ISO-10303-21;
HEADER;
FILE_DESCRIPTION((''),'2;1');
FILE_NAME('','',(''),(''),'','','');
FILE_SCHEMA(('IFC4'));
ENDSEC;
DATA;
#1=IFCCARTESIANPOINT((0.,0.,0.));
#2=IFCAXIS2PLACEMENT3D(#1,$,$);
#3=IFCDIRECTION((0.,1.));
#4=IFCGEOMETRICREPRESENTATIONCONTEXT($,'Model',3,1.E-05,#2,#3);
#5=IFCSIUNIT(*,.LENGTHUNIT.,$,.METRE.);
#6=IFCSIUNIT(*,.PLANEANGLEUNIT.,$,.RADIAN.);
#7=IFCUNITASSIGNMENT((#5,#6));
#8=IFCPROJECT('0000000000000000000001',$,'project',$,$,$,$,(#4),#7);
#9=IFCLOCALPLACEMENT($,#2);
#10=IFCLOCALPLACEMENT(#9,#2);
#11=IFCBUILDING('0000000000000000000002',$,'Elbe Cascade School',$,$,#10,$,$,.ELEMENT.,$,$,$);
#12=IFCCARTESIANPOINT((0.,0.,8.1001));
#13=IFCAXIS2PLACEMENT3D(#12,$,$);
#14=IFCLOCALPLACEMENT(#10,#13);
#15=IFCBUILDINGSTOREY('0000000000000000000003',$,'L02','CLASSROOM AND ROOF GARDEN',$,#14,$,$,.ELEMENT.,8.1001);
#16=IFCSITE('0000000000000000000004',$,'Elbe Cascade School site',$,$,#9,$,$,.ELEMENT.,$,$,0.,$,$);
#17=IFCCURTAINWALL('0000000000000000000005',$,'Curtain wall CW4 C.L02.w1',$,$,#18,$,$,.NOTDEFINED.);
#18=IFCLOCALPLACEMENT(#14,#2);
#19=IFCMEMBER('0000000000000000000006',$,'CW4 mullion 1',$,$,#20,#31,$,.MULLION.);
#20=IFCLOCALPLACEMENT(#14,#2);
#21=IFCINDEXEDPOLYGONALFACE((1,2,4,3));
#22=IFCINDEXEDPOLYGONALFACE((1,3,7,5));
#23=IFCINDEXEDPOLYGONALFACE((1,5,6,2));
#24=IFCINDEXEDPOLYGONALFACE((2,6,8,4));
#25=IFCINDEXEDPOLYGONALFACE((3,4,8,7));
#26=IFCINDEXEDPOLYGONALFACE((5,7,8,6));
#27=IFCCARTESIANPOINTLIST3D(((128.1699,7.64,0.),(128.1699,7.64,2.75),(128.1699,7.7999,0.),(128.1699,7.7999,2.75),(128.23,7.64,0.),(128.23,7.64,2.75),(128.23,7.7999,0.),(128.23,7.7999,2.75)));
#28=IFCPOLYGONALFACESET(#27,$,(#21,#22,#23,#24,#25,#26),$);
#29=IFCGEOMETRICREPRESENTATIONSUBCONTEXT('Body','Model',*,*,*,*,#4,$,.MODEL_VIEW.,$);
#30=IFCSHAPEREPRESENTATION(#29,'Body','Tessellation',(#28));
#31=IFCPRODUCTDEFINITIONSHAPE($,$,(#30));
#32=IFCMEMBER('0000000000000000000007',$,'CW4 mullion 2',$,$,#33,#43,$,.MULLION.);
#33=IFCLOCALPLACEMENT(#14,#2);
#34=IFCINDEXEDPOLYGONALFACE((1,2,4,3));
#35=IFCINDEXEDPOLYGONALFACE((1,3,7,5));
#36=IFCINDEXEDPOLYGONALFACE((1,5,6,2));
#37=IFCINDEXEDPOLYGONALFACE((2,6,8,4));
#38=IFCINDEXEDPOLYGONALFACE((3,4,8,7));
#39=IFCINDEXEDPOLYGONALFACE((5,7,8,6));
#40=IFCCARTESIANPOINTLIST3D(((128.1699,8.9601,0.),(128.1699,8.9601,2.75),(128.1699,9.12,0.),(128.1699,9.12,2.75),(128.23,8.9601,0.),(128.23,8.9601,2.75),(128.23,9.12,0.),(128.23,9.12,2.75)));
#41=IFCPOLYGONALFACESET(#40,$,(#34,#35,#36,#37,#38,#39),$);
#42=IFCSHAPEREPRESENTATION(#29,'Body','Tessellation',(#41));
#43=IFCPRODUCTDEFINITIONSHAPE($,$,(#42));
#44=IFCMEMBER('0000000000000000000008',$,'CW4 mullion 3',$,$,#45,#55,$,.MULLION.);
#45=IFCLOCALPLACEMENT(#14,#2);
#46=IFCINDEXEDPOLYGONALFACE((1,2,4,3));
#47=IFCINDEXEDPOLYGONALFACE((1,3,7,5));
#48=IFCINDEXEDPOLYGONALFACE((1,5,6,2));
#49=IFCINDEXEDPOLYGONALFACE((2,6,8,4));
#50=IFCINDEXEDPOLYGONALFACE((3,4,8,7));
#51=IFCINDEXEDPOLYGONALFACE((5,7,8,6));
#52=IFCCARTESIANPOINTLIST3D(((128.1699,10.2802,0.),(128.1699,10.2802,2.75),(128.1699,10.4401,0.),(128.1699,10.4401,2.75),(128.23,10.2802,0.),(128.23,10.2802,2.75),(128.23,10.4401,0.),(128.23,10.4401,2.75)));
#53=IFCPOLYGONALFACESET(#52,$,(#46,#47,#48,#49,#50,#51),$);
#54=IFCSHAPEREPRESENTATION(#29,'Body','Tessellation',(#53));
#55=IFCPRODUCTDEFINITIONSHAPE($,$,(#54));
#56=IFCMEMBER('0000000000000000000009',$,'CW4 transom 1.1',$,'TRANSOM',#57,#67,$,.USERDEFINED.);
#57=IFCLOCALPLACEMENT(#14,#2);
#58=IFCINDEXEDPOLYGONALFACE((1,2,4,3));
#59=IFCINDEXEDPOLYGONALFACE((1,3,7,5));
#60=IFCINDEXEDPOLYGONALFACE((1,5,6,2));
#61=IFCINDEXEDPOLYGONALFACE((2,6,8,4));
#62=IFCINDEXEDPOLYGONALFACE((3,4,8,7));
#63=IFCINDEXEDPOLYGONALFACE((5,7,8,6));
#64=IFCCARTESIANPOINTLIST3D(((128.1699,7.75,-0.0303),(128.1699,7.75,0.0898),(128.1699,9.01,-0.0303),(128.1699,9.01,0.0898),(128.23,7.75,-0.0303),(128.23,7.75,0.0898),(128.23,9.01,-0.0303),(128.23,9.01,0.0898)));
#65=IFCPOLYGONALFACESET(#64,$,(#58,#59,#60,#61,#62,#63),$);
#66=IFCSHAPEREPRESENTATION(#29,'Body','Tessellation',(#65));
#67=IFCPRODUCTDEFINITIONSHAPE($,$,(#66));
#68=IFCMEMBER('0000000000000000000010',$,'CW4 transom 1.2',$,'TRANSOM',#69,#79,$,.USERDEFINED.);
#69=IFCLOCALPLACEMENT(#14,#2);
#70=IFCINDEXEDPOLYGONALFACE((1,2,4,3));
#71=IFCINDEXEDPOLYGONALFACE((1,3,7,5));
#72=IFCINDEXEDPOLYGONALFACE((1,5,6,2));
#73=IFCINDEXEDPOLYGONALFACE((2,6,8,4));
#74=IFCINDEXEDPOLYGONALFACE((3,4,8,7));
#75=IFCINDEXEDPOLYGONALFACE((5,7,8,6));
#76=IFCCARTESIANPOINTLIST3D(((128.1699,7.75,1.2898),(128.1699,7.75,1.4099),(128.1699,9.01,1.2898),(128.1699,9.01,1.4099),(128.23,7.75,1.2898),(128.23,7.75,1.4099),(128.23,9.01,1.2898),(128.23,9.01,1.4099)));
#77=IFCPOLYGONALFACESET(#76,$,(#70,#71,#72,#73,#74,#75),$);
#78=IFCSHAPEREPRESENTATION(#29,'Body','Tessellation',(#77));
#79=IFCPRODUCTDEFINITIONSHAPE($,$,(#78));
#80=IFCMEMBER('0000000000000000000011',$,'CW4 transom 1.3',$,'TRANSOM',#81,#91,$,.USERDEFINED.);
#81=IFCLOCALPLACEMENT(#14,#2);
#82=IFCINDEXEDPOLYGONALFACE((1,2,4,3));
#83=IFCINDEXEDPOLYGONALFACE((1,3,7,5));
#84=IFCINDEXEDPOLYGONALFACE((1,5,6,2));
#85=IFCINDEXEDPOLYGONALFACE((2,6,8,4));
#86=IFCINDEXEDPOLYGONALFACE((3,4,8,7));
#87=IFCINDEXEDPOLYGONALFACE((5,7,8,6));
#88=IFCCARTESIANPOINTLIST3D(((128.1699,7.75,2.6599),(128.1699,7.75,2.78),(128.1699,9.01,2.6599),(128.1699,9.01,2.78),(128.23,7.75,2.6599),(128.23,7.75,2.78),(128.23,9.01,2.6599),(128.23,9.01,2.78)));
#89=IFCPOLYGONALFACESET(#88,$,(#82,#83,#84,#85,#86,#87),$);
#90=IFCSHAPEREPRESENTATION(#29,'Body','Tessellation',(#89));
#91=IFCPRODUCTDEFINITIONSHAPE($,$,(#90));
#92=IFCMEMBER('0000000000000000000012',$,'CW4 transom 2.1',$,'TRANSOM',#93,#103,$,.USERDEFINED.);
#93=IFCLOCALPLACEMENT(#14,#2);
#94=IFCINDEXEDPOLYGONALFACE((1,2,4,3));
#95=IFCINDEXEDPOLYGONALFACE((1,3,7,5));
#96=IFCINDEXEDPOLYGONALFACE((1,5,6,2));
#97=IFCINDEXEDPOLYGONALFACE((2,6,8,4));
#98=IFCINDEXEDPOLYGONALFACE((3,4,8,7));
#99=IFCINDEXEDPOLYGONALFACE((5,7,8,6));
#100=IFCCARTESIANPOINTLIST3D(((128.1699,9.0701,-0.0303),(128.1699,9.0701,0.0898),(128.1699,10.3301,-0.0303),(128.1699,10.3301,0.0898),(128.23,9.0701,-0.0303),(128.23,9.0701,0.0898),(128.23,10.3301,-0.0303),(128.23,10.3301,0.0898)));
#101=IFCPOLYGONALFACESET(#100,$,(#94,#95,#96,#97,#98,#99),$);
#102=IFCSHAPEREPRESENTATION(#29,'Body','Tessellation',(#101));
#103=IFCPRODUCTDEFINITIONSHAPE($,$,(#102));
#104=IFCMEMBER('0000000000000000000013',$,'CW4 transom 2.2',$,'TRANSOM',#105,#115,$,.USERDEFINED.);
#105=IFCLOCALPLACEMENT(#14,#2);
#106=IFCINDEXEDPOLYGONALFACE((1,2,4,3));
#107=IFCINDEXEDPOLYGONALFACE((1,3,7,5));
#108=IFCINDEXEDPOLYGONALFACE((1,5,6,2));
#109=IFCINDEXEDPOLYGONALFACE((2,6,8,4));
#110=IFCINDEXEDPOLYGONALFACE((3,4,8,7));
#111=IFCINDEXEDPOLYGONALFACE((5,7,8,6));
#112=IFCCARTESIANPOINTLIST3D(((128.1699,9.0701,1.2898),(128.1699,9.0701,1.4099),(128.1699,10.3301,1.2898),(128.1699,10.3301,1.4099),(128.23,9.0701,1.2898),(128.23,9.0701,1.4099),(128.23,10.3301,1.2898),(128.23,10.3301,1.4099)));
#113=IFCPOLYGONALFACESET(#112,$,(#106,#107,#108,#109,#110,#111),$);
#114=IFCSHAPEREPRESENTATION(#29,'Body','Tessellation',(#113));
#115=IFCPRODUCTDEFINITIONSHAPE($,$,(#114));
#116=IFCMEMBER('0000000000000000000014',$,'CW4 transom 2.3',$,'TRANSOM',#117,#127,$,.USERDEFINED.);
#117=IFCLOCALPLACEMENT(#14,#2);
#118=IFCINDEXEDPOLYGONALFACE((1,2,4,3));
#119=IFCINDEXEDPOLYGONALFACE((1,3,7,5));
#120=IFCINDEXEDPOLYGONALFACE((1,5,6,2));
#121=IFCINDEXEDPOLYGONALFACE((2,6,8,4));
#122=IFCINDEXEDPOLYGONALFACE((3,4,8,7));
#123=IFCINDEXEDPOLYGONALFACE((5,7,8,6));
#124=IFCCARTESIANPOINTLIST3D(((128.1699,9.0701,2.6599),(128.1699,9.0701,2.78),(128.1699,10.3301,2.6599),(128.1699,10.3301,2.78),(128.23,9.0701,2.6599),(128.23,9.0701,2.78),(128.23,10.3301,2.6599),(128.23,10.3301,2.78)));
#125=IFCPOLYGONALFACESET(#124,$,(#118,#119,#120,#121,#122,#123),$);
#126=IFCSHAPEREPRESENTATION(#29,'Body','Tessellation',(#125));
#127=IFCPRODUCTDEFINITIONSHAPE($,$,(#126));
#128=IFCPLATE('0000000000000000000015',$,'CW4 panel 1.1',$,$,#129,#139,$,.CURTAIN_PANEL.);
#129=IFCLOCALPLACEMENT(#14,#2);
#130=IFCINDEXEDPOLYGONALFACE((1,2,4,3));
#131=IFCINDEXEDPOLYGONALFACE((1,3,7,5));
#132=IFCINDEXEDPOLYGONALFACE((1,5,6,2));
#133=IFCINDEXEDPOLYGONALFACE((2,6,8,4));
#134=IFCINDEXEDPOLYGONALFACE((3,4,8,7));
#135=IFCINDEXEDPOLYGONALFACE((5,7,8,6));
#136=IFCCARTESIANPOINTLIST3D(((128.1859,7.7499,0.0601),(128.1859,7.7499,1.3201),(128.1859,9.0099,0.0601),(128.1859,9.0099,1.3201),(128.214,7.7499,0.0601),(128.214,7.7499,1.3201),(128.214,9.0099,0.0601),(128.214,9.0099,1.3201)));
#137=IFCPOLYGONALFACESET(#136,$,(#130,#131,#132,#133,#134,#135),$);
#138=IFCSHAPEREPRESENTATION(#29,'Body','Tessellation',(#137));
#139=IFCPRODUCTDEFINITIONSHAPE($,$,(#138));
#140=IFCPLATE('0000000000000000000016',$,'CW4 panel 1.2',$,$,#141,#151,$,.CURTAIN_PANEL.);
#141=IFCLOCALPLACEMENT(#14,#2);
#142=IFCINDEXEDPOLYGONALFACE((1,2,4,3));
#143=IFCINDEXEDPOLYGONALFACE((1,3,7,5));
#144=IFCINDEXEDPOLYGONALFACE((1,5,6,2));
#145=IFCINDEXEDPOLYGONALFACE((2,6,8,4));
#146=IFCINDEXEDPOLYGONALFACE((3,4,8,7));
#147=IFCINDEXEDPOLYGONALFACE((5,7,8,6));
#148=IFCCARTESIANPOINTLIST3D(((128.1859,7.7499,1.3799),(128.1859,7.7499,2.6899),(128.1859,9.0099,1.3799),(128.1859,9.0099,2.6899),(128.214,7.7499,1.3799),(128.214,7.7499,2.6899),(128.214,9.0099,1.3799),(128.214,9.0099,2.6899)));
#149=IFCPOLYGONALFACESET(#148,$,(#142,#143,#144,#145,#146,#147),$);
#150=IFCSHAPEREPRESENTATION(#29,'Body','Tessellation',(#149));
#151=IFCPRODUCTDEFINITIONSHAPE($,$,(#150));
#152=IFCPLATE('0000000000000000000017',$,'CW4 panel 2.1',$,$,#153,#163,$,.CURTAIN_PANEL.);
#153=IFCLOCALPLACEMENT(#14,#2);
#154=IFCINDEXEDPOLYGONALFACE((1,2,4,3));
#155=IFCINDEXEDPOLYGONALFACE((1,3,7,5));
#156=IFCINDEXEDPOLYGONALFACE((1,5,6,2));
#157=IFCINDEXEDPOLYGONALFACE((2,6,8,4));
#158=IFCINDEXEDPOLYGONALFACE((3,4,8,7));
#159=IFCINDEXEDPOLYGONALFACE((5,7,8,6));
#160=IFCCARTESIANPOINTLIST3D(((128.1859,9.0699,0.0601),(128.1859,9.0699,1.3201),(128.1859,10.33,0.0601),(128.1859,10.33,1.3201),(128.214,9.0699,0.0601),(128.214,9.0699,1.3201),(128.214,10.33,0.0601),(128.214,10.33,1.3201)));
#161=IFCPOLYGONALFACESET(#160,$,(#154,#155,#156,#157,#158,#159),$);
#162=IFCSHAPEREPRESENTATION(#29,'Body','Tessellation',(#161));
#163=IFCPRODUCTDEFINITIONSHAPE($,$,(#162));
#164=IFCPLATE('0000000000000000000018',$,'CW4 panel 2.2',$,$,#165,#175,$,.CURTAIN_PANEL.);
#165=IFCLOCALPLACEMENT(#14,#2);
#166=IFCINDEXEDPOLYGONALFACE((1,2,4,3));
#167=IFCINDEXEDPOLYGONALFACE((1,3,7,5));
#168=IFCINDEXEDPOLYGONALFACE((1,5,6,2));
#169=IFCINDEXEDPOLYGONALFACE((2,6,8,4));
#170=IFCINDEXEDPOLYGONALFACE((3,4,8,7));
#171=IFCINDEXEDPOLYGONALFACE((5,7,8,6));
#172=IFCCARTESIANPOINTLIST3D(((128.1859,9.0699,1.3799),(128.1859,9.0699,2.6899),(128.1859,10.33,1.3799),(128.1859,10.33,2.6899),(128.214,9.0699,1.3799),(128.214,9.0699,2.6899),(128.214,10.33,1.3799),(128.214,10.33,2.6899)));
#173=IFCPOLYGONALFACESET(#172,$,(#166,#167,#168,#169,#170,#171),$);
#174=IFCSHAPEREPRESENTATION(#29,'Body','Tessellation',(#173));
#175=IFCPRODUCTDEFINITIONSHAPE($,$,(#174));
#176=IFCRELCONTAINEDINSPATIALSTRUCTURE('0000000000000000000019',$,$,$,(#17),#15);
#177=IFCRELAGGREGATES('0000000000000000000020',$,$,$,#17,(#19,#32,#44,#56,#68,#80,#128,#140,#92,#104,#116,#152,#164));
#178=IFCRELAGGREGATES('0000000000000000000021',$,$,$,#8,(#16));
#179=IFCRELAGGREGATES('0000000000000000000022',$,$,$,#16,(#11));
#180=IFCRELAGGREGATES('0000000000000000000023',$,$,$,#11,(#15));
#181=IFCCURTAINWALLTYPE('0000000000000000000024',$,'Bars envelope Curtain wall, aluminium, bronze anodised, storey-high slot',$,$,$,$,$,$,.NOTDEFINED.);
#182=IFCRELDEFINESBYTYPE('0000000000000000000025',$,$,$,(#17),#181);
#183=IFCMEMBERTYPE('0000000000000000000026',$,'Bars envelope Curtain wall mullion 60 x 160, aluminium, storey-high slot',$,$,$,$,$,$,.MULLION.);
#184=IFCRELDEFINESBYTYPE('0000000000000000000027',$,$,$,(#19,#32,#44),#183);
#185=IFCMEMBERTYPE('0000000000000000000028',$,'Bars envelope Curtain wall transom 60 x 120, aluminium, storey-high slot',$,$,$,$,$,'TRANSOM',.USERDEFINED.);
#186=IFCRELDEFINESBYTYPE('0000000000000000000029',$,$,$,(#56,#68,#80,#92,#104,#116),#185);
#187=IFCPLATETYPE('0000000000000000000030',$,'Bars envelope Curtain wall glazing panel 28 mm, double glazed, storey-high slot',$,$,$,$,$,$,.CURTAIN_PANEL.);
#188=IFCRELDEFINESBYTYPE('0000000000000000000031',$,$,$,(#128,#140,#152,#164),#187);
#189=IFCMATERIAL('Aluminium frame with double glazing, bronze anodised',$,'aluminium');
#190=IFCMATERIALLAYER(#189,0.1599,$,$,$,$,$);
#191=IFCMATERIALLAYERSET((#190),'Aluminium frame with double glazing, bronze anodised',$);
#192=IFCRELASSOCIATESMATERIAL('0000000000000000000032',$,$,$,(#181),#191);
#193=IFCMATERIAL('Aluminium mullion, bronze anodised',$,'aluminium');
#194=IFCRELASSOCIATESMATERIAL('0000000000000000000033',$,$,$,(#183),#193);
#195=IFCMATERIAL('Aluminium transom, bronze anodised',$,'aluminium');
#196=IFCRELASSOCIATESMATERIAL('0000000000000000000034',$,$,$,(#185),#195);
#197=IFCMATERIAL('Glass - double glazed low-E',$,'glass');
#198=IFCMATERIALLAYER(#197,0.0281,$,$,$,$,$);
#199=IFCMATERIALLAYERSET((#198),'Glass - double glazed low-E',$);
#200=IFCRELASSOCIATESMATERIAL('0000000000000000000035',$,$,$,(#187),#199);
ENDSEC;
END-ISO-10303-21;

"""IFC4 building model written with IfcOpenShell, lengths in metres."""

from ifc_helpers import new_model, si_unit, direction, frame, origin, origin_2d, place, context, subcontext, project, spatial, rectangle, extrude, material, layer, layer_set, material_profile, profile_set, type_object, element, aggregate, save


model = new_model("IFC4")

# Units and contexts
model_context = context("Model", 3, precision=1e-05, world=origin(), true_north=direction((0.0, 1.0)))
body_context = subcontext(model_context, "Body", "Model", "MODEL_VIEW")
ifc_project = project(units=[si_unit("LENGTHUNIT", "METRE"), si_unit("PLANEANGLEUNIT", "RADIAN")], contexts=[model_context])

# Site, building, storey
site_placement = place(None, origin())
site = spatial("IfcSite", under=ifc_project, at=site_placement, Name="Elbe Cascade School site", CompositionType="ELEMENT", RefElevation=0.0)
building_placement = place(site_placement, origin())
building = spatial("IfcBuilding", under=site, at=building_placement, Name="Elbe Cascade School", CompositionType="ELEMENT")
storey_placement = place(building_placement, frame((0.0, 0.0, 8.1001)))
storey = spatial("IfcBuildingStorey", under=building, at=storey_placement, Name="L02", Description="CLASSROOM AND ROOF GARDEN", CompositionType="ELEMENT", Elevation=8.1001)

# Curtain wall, members, plates
ifc_material_1 = material(Name="Aluminium frame with double glazing, bronze anodised", Category="aluminium")
ifc_layer_1 = layer(ifc_material_1, 0.1599)
ifc_layer_set_1 = layer_set([ifc_layer_1], Name="Aluminium frame with double glazing, bronze anodised")
curtain_wall_type = type_object("IfcCurtainWallType", Name="Bars envelope Curtain wall, aluminium, bronze anodised, storey-high slot", PredefinedType="NOTDEFINED", material=ifc_layer_set_1)
curtain_wall_placement = place(storey_placement, origin())
curtain_wall = element("IfcCurtainWall", 1, at=curtain_wall_placement, inside=storey, type_object=curtain_wall_type, Name="Curtain wall CW4 C.L02.w1", PredefinedType="NOTDEFINED")
ifc_material_2 = material(Name="Aluminium mullion, bronze anodised", Category="aluminium")
ifc_material_profile_1 = material_profile(ifc_material_2, rectangle(XDim=0.0601, YDim=0.1599, at=origin_2d()), Name="Bars envelope Curtain wall mullion 60 x 160, aluminium, storey-high slot")
ifc_profile_set_1 = profile_set([ifc_material_profile_1], Name="Aluminium mullion, bronze anodised")
member_type_1 = type_object("IfcMemberType", Name="Bars envelope Curtain wall mullion 60 x 160, aluminium, storey-high slot", PredefinedType="MULLION", material=ifc_profile_set_1)
member_1_placement = place(storey_placement, frame((128.2, 7.72, 0.0), z_axis=(0.0, 0.0, 1.0), x_axis=(-1.0, 0.0, 0.0)))
member_1 = element("IfcMember", 2, at=member_1_placement, type_object=member_type_1, Name="CW4 mullion 1", PredefinedType="MULLION", context=body_context, shape_type="SweptSolid", body=[
    extrude(rectangle(XDim=0.0601, YDim=0.1599, at=origin_2d()), origin(), (0.0, 0.0, 1.0), 2.75),
])
member_2_placement = place(storey_placement, frame((128.2, 9.04, 0.0), z_axis=(0.0, 0.0, 1.0), x_axis=(-1.0, 0.0, 0.0)))
member_2 = element("IfcMember", 3, at=member_2_placement, type_object=member_type_1, Name="CW4 mullion 2", PredefinedType="MULLION", context=body_context, shape_type="SweptSolid", body=[
    extrude(rectangle(XDim=0.0601, YDim=0.1599, at=origin_2d()), origin(), (0.0, 0.0, 1.0), 2.75),
])
member_3_placement = place(storey_placement, frame((128.2, 10.3601, 0.0), z_axis=(0.0, 0.0, 1.0), x_axis=(-1.0, 0.0, 0.0)))
member_3 = element("IfcMember", 4, at=member_3_placement, type_object=member_type_1, Name="CW4 mullion 3", PredefinedType="MULLION", context=body_context, shape_type="SweptSolid", body=[
    extrude(rectangle(XDim=0.0601, YDim=0.1599, at=origin_2d()), origin(), (0.0, 0.0, 1.0), 2.75),
])
ifc_material_3 = material(Name="Aluminium transom, bronze anodised", Category="aluminium")
ifc_material_profile_2 = material_profile(ifc_material_3, rectangle(XDim=0.0601, YDim=0.1201, at=origin_2d()), Name="Bars envelope Curtain wall transom 60 x 120, aluminium, storey-high slot")
ifc_profile_set_2 = profile_set([ifc_material_profile_2], Name="Aluminium transom, bronze anodised")
member_type_2 = type_object("IfcMemberType", Name="Bars envelope Curtain wall transom 60 x 120, aluminium, storey-high slot", ElementType="TRANSOM", PredefinedType="USERDEFINED", material=ifc_profile_set_2)
member_4_placement = place(storey_placement, frame((128.2, 7.75, 0.0298), z_axis=(0.0, 1.0, 0.0), x_axis=(-1.0, 0.0, 0.0)))
member_4 = element("IfcMember", 5, at=member_4_placement, type_object=member_type_2, Name="CW4 transom 1.1", ObjectType="TRANSOM", PredefinedType="USERDEFINED", context=body_context, shape_type="SweptSolid", body=[
    extrude(rectangle(XDim=0.0601, YDim=0.1201, at=origin_2d()), origin(), (0.0, 0.0, 1.0), 1.26),
])
member_5_placement = place(storey_placement, frame((128.2, 7.75, 1.3499), z_axis=(0.0, 1.0, 0.0), x_axis=(-1.0, 0.0, 0.0)))
member_5 = element("IfcMember", 6, at=member_5_placement, type_object=member_type_2, Name="CW4 transom 1.2", ObjectType="TRANSOM", PredefinedType="USERDEFINED", context=body_context, shape_type="SweptSolid", body=[
    extrude(rectangle(XDim=0.0601, YDim=0.1201, at=origin_2d()), origin(), (0.0, 0.0, 1.0), 1.26),
])
member_6_placement = place(storey_placement, frame((128.2, 7.75, 2.72), z_axis=(0.0, 1.0, 0.0), x_axis=(-1.0, 0.0, 0.0)))
member_6 = element("IfcMember", 7, at=member_6_placement, type_object=member_type_2, Name="CW4 transom 1.3", ObjectType="TRANSOM", PredefinedType="USERDEFINED", context=body_context, shape_type="SweptSolid", body=[
    extrude(rectangle(XDim=0.0601, YDim=0.1201, at=origin_2d()), origin(), (0.0, 0.0, 1.0), 1.26),
])
member_7_placement = place(storey_placement, frame((128.2, 9.0701, 0.0298), z_axis=(0.0, 1.0, 0.0), x_axis=(-1.0, 0.0, 0.0)))
member_7 = element("IfcMember", 8, at=member_7_placement, type_object=member_type_2, Name="CW4 transom 2.1", ObjectType="TRANSOM", PredefinedType="USERDEFINED", context=body_context, shape_type="SweptSolid", body=[
    extrude(rectangle(XDim=0.0601, YDim=0.1201, at=origin_2d()), origin(), (0.0, 0.0, 1.0), 1.26),
])
member_8_placement = place(storey_placement, frame((128.2, 9.0701, 1.3499), z_axis=(0.0, 1.0, 0.0), x_axis=(-1.0, 0.0, 0.0)))
member_8 = element("IfcMember", 9, at=member_8_placement, type_object=member_type_2, Name="CW4 transom 2.2", ObjectType="TRANSOM", PredefinedType="USERDEFINED", context=body_context, shape_type="SweptSolid", body=[
    extrude(rectangle(XDim=0.0601, YDim=0.1201, at=origin_2d()), origin(), (0.0, 0.0, 1.0), 1.26),
])
member_9_placement = place(storey_placement, frame((128.2, 9.0701, 2.72), z_axis=(0.0, 1.0, 0.0), x_axis=(-1.0, 0.0, 0.0)))
member_9 = element("IfcMember", 10, at=member_9_placement, type_object=member_type_2, Name="CW4 transom 2.3", ObjectType="TRANSOM", PredefinedType="USERDEFINED", context=body_context, shape_type="SweptSolid", body=[
    extrude(rectangle(XDim=0.0601, YDim=0.1201, at=origin_2d()), origin(), (0.0, 0.0, 1.0), 1.26),
])
ifc_material_4 = material(Name="Glass - double glazed low-E", Category="glass")
ifc_layer_2 = layer(ifc_material_4, 0.0281)
ifc_layer_set_2 = layer_set([ifc_layer_2], Name="Glass - double glazed low-E")
plate_type = type_object("IfcPlateType", Name="Bars envelope Curtain wall glazing panel 28 mm, double glazed, storey-high slot", PredefinedType="CURTAIN_PANEL", material=ifc_layer_set_2)
plate_1_placement = place(storey_placement, frame((128.2, 8.3799, 0.0601), z_axis=(0.0, 0.0, 1.0), x_axis=(0.0, 1.0, 0.0)))
plate_1 = element("IfcPlate", 11, at=plate_1_placement, type_object=plate_type, Name="CW4 panel 1.1", PredefinedType="CURTAIN_PANEL", context=body_context, shape_type="SweptSolid", body=[
    extrude(rectangle(XDim=1.26, YDim=0.0281, at=origin_2d()), origin(), (0.0, 0.0, 1.0), 1.26),
])
plate_2_placement = place(storey_placement, frame((128.2, 8.3799, 1.3799), z_axis=(0.0, 0.0, 1.0), x_axis=(0.0, 1.0, 0.0)))
plate_2 = element("IfcPlate", 12, at=plate_2_placement, type_object=plate_type, Name="CW4 panel 1.2", PredefinedType="CURTAIN_PANEL", context=body_context, shape_type="SweptSolid", body=[
    extrude(rectangle(XDim=1.26, YDim=0.0281, at=origin_2d()), origin(), (0.0, 0.0, 1.0), 1.3101),
])
plate_3_placement = place(storey_placement, frame((128.2, 9.7, 0.0601), z_axis=(0.0, 0.0, 1.0), x_axis=(0.0, 1.0, 0.0)))
plate_3 = element("IfcPlate", 13, at=plate_3_placement, type_object=plate_type, Name="CW4 panel 2.1", PredefinedType="CURTAIN_PANEL", context=body_context, shape_type="SweptSolid", body=[
    extrude(rectangle(XDim=1.26, YDim=0.0281, at=origin_2d()), origin(), (0.0, 0.0, 1.0), 1.26),
])
plate_4_placement = place(storey_placement, frame((128.2, 9.7, 1.3799), z_axis=(0.0, 0.0, 1.0), x_axis=(0.0, 1.0, 0.0)))
plate_4 = element("IfcPlate", 14, at=plate_4_placement, type_object=plate_type, Name="CW4 panel 2.2", PredefinedType="CURTAIN_PANEL", context=body_context, shape_type="SweptSolid", body=[
    extrude(rectangle(XDim=1.26, YDim=0.0281, at=origin_2d()), origin(), (0.0, 0.0, 1.0), 1.3101),
])
aggregate(curtain_wall, [member_1, member_2, member_3, member_4, member_5, member_6, plate_1, plate_2, member_7, member_8, member_9, plate_3, plate_4])

save(model, "model.ifc")
